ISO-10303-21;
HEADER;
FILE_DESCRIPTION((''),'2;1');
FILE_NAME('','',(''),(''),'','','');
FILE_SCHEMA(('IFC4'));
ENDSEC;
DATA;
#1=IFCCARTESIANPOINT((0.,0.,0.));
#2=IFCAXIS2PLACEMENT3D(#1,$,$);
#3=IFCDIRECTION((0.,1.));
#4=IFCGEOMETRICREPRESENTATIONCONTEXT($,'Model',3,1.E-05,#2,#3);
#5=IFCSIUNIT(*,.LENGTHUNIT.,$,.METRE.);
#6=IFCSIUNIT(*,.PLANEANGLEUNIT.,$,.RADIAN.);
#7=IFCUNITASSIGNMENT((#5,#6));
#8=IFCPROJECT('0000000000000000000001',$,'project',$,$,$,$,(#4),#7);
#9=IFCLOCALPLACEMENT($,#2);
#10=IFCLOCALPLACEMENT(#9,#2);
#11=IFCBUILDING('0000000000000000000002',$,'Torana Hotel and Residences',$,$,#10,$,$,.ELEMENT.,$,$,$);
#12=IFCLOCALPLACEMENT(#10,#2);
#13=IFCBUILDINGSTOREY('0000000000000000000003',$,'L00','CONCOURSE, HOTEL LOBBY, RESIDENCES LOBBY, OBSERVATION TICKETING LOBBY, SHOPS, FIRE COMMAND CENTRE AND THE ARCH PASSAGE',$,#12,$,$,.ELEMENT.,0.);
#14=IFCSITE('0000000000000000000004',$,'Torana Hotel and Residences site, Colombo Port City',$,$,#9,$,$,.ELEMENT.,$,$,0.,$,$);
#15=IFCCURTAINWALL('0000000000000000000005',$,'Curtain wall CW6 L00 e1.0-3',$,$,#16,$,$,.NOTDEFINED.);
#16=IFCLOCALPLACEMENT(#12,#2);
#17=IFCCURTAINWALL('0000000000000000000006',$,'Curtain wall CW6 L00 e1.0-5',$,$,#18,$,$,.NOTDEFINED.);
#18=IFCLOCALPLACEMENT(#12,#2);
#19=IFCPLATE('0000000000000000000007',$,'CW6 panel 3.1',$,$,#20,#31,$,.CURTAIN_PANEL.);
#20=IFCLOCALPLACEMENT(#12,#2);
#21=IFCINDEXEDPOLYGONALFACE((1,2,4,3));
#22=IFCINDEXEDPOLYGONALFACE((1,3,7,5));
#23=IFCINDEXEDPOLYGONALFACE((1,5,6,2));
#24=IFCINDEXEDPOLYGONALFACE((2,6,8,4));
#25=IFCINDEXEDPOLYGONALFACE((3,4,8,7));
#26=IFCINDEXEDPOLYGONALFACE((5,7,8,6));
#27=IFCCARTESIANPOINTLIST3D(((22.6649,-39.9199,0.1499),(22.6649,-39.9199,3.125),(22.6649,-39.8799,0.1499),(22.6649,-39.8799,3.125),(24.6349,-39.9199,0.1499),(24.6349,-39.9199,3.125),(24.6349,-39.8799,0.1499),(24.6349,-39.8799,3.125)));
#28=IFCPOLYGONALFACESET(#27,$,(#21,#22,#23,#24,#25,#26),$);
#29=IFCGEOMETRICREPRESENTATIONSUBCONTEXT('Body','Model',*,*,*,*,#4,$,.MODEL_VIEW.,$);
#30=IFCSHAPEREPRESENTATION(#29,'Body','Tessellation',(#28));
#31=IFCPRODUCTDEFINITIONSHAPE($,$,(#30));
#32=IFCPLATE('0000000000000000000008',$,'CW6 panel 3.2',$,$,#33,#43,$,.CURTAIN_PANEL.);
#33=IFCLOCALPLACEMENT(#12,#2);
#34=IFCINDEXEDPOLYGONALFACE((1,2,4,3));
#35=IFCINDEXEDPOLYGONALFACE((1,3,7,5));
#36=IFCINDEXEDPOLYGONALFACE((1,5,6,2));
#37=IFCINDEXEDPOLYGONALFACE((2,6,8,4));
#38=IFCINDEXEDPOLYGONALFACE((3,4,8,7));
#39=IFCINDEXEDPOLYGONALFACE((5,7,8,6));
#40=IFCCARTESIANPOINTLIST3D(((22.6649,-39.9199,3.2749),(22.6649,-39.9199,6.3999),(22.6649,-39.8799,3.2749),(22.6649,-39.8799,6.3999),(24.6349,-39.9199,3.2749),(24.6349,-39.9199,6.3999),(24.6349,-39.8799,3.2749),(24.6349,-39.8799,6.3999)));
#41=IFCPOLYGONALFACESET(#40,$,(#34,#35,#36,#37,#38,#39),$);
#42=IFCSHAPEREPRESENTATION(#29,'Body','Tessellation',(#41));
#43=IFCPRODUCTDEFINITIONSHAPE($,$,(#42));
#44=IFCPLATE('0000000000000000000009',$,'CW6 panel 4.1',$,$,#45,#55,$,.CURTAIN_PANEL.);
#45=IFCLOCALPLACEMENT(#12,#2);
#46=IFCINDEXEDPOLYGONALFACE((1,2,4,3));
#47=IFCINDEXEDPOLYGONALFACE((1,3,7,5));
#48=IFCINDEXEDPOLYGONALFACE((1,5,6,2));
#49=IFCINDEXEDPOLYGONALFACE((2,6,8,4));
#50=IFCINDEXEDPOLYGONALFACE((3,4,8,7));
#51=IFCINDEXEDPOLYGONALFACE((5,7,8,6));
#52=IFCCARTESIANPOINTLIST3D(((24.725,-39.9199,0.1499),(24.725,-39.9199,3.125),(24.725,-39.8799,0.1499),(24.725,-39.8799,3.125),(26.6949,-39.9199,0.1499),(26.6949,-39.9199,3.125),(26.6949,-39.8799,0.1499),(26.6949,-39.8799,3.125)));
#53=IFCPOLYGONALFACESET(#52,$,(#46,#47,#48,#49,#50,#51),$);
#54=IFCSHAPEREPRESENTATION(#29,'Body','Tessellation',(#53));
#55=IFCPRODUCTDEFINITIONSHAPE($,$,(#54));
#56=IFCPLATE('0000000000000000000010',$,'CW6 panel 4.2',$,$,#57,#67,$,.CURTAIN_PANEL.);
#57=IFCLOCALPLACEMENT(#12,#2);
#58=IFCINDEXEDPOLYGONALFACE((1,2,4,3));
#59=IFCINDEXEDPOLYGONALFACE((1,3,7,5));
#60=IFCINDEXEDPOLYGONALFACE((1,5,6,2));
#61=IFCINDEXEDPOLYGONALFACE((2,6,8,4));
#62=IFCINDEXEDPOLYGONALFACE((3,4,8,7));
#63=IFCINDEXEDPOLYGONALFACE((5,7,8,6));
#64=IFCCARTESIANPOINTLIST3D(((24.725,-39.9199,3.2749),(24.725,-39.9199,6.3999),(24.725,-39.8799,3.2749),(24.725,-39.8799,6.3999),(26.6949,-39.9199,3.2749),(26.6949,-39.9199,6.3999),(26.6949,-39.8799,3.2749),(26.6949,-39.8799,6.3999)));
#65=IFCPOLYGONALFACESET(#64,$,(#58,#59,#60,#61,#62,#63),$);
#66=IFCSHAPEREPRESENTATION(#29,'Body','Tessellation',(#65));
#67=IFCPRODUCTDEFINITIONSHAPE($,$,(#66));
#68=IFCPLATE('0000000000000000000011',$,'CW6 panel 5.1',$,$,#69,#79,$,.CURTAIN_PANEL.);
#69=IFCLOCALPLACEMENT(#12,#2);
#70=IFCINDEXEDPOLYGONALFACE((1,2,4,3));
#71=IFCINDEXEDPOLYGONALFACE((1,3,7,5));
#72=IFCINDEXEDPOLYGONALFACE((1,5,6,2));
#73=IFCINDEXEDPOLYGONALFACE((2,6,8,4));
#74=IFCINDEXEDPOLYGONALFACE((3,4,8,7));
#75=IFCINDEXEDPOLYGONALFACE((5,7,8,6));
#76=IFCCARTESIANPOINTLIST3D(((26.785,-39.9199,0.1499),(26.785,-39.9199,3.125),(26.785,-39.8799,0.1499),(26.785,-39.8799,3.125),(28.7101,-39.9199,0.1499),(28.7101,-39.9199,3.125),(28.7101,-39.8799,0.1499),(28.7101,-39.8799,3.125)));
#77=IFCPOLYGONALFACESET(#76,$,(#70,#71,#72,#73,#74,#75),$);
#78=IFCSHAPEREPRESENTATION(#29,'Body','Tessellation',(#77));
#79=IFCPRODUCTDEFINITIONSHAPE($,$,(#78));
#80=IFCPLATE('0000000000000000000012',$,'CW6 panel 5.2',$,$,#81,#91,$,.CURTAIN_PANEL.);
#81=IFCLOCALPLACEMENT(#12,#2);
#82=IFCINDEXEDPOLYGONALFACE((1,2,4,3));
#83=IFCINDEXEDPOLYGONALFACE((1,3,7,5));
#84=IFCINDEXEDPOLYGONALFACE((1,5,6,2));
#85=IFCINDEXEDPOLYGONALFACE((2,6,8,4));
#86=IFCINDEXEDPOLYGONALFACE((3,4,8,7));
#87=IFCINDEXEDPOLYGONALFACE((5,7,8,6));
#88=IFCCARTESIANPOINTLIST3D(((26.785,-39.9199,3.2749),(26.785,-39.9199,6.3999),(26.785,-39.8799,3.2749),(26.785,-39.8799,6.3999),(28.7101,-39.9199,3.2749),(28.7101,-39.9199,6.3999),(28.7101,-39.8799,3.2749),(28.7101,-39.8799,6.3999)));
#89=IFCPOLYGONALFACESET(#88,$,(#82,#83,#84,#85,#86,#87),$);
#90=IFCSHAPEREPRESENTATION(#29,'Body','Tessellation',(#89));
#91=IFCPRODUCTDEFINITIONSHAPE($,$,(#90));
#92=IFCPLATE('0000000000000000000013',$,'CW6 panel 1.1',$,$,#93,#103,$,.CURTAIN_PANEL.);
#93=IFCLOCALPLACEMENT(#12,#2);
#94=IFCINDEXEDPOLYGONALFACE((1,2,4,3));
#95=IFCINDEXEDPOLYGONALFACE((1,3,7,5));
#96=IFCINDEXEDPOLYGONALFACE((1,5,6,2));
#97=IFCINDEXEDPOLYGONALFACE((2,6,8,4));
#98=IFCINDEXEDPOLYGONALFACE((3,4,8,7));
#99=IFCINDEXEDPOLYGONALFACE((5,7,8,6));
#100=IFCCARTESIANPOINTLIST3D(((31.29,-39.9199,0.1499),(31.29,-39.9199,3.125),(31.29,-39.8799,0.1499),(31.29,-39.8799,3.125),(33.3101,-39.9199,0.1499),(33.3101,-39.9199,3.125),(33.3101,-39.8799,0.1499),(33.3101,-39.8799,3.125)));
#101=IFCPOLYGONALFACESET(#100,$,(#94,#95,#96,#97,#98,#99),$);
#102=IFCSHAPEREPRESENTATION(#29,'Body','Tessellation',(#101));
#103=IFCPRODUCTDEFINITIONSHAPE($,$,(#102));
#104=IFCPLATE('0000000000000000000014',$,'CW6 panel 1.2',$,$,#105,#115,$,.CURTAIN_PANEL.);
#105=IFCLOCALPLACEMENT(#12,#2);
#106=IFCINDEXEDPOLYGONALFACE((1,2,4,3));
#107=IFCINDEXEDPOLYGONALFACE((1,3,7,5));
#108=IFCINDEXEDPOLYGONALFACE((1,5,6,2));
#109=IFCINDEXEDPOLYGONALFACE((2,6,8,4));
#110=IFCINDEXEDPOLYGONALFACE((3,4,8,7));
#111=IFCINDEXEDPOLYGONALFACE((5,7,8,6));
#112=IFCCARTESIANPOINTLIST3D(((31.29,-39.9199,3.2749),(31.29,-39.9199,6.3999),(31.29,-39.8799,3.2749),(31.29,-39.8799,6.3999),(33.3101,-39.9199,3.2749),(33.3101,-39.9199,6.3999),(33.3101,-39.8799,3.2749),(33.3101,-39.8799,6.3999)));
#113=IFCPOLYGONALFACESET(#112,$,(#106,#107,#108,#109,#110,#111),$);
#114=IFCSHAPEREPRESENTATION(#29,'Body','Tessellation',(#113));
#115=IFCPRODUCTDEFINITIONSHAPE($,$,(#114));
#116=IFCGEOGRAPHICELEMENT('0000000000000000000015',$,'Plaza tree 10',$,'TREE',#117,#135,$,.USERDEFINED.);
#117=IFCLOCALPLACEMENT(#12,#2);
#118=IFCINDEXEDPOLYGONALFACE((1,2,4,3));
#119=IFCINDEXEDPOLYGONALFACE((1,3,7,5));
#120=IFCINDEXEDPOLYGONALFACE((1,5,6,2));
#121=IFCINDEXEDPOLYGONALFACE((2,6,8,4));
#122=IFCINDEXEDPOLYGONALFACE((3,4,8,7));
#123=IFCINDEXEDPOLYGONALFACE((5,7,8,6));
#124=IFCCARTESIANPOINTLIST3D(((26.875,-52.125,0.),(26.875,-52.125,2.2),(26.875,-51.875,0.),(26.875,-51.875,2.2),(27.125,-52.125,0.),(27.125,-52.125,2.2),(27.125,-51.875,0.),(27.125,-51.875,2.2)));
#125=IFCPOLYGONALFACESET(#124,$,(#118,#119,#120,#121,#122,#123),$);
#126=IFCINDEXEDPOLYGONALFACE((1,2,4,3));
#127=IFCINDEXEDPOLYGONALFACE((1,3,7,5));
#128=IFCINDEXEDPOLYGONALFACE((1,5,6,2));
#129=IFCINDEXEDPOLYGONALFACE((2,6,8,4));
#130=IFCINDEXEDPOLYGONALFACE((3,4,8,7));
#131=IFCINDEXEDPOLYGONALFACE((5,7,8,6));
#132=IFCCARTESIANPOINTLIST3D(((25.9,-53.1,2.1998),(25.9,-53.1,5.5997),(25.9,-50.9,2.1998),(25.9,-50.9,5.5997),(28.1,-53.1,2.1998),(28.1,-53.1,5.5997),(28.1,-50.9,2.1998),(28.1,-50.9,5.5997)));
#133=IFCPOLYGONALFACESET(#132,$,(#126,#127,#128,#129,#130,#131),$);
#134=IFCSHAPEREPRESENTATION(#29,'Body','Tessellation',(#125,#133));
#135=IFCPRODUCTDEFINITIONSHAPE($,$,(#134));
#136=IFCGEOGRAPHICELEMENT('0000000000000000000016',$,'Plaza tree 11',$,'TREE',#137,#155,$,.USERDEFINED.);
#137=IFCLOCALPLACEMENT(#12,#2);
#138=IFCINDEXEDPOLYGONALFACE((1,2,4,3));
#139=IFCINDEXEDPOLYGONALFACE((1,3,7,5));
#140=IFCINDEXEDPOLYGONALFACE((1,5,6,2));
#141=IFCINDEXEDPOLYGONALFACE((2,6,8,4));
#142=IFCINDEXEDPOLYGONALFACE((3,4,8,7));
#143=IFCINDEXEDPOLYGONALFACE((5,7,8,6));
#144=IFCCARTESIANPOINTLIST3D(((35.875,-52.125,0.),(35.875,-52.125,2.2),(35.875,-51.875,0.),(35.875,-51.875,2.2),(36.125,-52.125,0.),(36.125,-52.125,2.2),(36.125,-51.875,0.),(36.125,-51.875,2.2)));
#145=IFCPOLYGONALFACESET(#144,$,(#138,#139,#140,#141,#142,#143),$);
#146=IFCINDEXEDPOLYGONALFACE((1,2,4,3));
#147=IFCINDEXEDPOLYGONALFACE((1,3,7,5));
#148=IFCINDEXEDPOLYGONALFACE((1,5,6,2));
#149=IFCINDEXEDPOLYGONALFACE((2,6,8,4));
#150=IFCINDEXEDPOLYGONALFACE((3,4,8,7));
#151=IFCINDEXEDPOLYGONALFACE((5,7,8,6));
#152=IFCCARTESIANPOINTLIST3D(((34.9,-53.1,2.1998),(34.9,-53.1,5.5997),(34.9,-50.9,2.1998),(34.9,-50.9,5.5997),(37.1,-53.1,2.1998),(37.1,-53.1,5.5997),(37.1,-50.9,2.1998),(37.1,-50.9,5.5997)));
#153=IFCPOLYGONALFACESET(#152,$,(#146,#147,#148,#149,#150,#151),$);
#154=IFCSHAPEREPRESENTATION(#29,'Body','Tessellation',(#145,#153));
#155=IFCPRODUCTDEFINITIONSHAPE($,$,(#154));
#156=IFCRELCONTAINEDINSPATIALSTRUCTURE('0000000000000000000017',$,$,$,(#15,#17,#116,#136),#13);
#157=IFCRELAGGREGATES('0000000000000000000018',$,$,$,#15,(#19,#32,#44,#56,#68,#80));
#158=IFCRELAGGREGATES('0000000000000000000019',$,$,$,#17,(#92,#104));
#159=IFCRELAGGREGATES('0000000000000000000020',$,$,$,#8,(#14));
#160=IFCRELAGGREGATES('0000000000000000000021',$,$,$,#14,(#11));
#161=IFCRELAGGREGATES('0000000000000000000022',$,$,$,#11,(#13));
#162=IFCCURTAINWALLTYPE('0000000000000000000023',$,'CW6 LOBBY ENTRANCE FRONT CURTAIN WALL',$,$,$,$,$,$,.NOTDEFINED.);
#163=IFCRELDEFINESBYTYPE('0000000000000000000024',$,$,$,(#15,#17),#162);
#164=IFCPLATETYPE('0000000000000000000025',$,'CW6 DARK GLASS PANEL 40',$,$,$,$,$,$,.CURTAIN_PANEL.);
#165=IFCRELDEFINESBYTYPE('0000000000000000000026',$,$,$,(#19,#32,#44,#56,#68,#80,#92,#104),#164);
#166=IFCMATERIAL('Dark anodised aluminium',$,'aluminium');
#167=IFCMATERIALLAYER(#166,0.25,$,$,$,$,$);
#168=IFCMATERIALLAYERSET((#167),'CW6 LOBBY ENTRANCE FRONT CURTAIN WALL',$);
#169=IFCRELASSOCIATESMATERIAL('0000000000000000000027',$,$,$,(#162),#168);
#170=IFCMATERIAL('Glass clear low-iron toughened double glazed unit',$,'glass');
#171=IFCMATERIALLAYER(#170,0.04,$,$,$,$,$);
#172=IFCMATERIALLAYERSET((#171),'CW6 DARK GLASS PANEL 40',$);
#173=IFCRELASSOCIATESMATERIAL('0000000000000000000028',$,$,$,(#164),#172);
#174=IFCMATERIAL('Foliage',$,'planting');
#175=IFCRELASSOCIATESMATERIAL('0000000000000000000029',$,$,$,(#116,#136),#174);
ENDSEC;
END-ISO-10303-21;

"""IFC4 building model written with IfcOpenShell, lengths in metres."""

from ifc_helpers import new_model, si_unit, direction, frame, origin, origin_2d, place, context, subcontext, project, spatial, rectangle, extrude, material, layer, layer_set, type_object, element, aggregate, save


model = new_model("IFC4")

# Units and contexts
model_context = context("Model", 3, precision=1e-05, world=origin(), true_north=direction((0.0, 1.0)))
body_context = subcontext(model_context, "Body", "Model", "MODEL_VIEW")
ifc_project = project(units=[si_unit("LENGTHUNIT", "METRE"), si_unit("PLANEANGLEUNIT", "RADIAN")], contexts=[model_context])

# Site, building, storey
site_placement = place(None, origin())
site = spatial("IfcSite", under=ifc_project, at=site_placement, Name="Torana Hotel and Residences site, Colombo Port City", CompositionType="ELEMENT", RefElevation=0.0)
building_placement = place(site_placement, origin())
building = spatial("IfcBuilding", under=site, at=building_placement, Name="Torana Hotel and Residences", CompositionType="ELEMENT")
storey_placement = place(building_placement, origin())
storey = spatial("IfcBuildingStorey", under=building, at=storey_placement, Name="L00", Description="CONCOURSE, HOTEL LOBBY, RESIDENCES LOBBY, OBSERVATION TICKETING LOBBY, SHOPS, FIRE COMMAND CENTRE AND THE ARCH PASSAGE", CompositionType="ELEMENT", Elevation=0.0)

# Curtain walls
ifc_material_1 = material(Name="Dark anodised aluminium", Category="aluminium")
ifc_layer_1 = layer(ifc_material_1, 0.25)
ifc_layer_set_1 = layer_set([ifc_layer_1], Name="CW6 LOBBY ENTRANCE FRONT CURTAIN WALL")
curtain_wall_type = type_object("IfcCurtainWallType", Name="CW6 LOBBY ENTRANCE FRONT CURTAIN WALL", PredefinedType="NOTDEFINED", material=ifc_layer_set_1)
curtain_wall_1_placement = place(storey_placement, origin())
curtain_wall_1 = element("IfcCurtainWall", 1, at=curtain_wall_1_placement, inside=storey, type_object=curtain_wall_type, Name="Curtain wall CW6 L00 e1.0-3", PredefinedType="NOTDEFINED")
curtain_wall_2_placement = place(storey_placement, origin())
curtain_wall_2 = element("IfcCurtainWall", 2, at=curtain_wall_2_placement, inside=storey, type_object=curtain_wall_type, Name="Curtain wall CW6 L00 e1.0-5", PredefinedType="NOTDEFINED")

# Plates
ifc_material_2 = material(Name="Glass clear low-iron toughened double glazed unit", Category="glass")
ifc_layer_2 = layer(ifc_material_2, 0.04)
ifc_layer_set_2 = layer_set([ifc_layer_2], Name="CW6 DARK GLASS PANEL 40")
plate_type = type_object("IfcPlateType", Name="CW6 DARK GLASS PANEL 40", PredefinedType="CURTAIN_PANEL", material=ifc_layer_set_2)
plate_1_placement = place(storey_placement, frame((23.6499, -39.8999, 0.1499), z_axis=(0.0, 0.0, 1.0), x_axis=(1.0, 0.0, 0.0)))
plate_1 = element("IfcPlate", 3, at=plate_1_placement, type_object=plate_type, Name="CW6 panel 3.1", PredefinedType="CURTAIN_PANEL", context=body_context, shape_type="SweptSolid", body=[
    extrude(rectangle(XDim=1.97, YDim=0.04, at=origin_2d()), origin(), (0.0, 0.0, 1.0), 2.9751),
])
plate_2_placement = place(storey_placement, frame((23.6499, -39.8999, 3.2749), z_axis=(0.0, 0.0, 1.0), x_axis=(1.0, 0.0, 0.0)))
plate_2 = element("IfcPlate", 4, at=plate_2_placement, type_object=plate_type, Name="CW6 panel 3.2", PredefinedType="CURTAIN_PANEL", context=body_context, shape_type="SweptSolid", body=[
    extrude(rectangle(XDim=1.97, YDim=0.04, at=origin_2d()), origin(), (0.0, 0.0, 1.0), 3.125),
])
plate_3_placement = place(storey_placement, frame((25.71, -39.8999, 0.1499), z_axis=(0.0, 0.0, 1.0), x_axis=(1.0, 0.0, 0.0)))
plate_3 = element("IfcPlate", 5, at=plate_3_placement, type_object=plate_type, Name="CW6 panel 4.1", PredefinedType="CURTAIN_PANEL", context=body_context, shape_type="SweptSolid", body=[
    extrude(rectangle(XDim=1.97, YDim=0.04, at=origin_2d()), origin(), (0.0, 0.0, 1.0), 2.9751),
])
plate_4_placement = place(storey_placement, frame((25.71, -39.8999, 3.2749), z_axis=(0.0, 0.0, 1.0), x_axis=(1.0, 0.0, 0.0)))
plate_4 = element("IfcPlate", 6, at=plate_4_placement, type_object=plate_type, Name="CW6 panel 4.2", PredefinedType="CURTAIN_PANEL", context=body_context, shape_type="SweptSolid", body=[
    extrude(rectangle(XDim=1.97, YDim=0.04, at=origin_2d()), origin(), (0.0, 0.0, 1.0), 3.125),
])
plate_5_placement = place(storey_placement, frame((27.7476, -39.8999, 0.1499), z_axis=(0.0, 0.0, 1.0), x_axis=(1.0, 0.0, 0.0)))
plate_5 = element("IfcPlate", 7, at=plate_5_placement, type_object=plate_type, Name="CW6 panel 5.1", PredefinedType="CURTAIN_PANEL", context=body_context, shape_type="SweptSolid", body=[
    extrude(rectangle(XDim=1.925, YDim=0.04, at=origin_2d()), origin(), (0.0, 0.0, 1.0), 2.9751),
])
plate_6_placement = place(storey_placement, frame((27.7476, -39.8999, 3.2749), z_axis=(0.0, 0.0, 1.0), x_axis=(1.0, 0.0, 0.0)))
plate_6 = element("IfcPlate", 8, at=plate_6_placement, type_object=plate_type, Name="CW6 panel 5.2", PredefinedType="CURTAIN_PANEL", context=body_context, shape_type="SweptSolid", body=[
    extrude(rectangle(XDim=1.925, YDim=0.04, at=origin_2d()), origin(), (0.0, 0.0, 1.0), 3.125),
])
aggregate(curtain_wall_1, [plate_1, plate_2, plate_3, plate_4, plate_5, plate_6])
plate_7_placement = place(storey_placement, frame((32.3, -39.8999, 0.1499), z_axis=(0.0, 0.0, 1.0), x_axis=(1.0, 0.0, 0.0)))
plate_7 = element("IfcPlate", 9, at=plate_7_placement, type_object=plate_type, Name="CW6 panel 1.1", PredefinedType="CURTAIN_PANEL", context=body_context, shape_type="SweptSolid", body=[
    extrude(rectangle(XDim=2.02, YDim=0.04, at=origin_2d()), origin(), (0.0, 0.0, 1.0), 2.9751),
])
plate_8_placement = place(storey_placement, frame((32.3, -39.8999, 3.2749), z_axis=(0.0, 0.0, 1.0), x_axis=(1.0, 0.0, 0.0)))
plate_8 = element("IfcPlate", 10, at=plate_8_placement, type_object=plate_type, Name="CW6 panel 1.2", PredefinedType="CURTAIN_PANEL", context=body_context, shape_type="SweptSolid", body=[
    extrude(rectangle(XDim=2.02, YDim=0.04, at=origin_2d()), origin(), (0.0, 0.0, 1.0), 3.125),
])
aggregate(curtain_wall_2, [plate_7, plate_8])

# Geographic elements
ifc_material_3 = material(Name="Foliage", Category="planting")
for number, where, z_axis, x_axis, name in (
    (11, (27.0, -52.0, 0.0), (0.0, 0.0, 1.0), (1.0, 0.0, 0.0), "Plaza tree 10"),
    (12, (36.0, -52.0, 0.0), (0.0, 0.0, 1.0), (1.0, 0.0, 0.0), "Plaza tree 11"),
):
    element("IfcGeographicElement", number, at=place(storey_placement, frame(where, z_axis=z_axis, x_axis=x_axis)), inside=storey, material=ifc_material_3, Name=name, ObjectType="TREE", PredefinedType="USERDEFINED", context=body_context, shape_type="SweptSolid", body=[
        extrude(rectangle(XDim=0.25, YDim=0.25, at=origin_2d()), origin(), (0.0, 0.0, 1.0), 2.2),
        extrude(rectangle(XDim=2.2, YDim=2.2, at=origin_2d()), frame((0.0, 0.0, 2.1998)), (0.0, 0.0, 1.0), 3.3999),
    ])

save(model, "model.ifc")
